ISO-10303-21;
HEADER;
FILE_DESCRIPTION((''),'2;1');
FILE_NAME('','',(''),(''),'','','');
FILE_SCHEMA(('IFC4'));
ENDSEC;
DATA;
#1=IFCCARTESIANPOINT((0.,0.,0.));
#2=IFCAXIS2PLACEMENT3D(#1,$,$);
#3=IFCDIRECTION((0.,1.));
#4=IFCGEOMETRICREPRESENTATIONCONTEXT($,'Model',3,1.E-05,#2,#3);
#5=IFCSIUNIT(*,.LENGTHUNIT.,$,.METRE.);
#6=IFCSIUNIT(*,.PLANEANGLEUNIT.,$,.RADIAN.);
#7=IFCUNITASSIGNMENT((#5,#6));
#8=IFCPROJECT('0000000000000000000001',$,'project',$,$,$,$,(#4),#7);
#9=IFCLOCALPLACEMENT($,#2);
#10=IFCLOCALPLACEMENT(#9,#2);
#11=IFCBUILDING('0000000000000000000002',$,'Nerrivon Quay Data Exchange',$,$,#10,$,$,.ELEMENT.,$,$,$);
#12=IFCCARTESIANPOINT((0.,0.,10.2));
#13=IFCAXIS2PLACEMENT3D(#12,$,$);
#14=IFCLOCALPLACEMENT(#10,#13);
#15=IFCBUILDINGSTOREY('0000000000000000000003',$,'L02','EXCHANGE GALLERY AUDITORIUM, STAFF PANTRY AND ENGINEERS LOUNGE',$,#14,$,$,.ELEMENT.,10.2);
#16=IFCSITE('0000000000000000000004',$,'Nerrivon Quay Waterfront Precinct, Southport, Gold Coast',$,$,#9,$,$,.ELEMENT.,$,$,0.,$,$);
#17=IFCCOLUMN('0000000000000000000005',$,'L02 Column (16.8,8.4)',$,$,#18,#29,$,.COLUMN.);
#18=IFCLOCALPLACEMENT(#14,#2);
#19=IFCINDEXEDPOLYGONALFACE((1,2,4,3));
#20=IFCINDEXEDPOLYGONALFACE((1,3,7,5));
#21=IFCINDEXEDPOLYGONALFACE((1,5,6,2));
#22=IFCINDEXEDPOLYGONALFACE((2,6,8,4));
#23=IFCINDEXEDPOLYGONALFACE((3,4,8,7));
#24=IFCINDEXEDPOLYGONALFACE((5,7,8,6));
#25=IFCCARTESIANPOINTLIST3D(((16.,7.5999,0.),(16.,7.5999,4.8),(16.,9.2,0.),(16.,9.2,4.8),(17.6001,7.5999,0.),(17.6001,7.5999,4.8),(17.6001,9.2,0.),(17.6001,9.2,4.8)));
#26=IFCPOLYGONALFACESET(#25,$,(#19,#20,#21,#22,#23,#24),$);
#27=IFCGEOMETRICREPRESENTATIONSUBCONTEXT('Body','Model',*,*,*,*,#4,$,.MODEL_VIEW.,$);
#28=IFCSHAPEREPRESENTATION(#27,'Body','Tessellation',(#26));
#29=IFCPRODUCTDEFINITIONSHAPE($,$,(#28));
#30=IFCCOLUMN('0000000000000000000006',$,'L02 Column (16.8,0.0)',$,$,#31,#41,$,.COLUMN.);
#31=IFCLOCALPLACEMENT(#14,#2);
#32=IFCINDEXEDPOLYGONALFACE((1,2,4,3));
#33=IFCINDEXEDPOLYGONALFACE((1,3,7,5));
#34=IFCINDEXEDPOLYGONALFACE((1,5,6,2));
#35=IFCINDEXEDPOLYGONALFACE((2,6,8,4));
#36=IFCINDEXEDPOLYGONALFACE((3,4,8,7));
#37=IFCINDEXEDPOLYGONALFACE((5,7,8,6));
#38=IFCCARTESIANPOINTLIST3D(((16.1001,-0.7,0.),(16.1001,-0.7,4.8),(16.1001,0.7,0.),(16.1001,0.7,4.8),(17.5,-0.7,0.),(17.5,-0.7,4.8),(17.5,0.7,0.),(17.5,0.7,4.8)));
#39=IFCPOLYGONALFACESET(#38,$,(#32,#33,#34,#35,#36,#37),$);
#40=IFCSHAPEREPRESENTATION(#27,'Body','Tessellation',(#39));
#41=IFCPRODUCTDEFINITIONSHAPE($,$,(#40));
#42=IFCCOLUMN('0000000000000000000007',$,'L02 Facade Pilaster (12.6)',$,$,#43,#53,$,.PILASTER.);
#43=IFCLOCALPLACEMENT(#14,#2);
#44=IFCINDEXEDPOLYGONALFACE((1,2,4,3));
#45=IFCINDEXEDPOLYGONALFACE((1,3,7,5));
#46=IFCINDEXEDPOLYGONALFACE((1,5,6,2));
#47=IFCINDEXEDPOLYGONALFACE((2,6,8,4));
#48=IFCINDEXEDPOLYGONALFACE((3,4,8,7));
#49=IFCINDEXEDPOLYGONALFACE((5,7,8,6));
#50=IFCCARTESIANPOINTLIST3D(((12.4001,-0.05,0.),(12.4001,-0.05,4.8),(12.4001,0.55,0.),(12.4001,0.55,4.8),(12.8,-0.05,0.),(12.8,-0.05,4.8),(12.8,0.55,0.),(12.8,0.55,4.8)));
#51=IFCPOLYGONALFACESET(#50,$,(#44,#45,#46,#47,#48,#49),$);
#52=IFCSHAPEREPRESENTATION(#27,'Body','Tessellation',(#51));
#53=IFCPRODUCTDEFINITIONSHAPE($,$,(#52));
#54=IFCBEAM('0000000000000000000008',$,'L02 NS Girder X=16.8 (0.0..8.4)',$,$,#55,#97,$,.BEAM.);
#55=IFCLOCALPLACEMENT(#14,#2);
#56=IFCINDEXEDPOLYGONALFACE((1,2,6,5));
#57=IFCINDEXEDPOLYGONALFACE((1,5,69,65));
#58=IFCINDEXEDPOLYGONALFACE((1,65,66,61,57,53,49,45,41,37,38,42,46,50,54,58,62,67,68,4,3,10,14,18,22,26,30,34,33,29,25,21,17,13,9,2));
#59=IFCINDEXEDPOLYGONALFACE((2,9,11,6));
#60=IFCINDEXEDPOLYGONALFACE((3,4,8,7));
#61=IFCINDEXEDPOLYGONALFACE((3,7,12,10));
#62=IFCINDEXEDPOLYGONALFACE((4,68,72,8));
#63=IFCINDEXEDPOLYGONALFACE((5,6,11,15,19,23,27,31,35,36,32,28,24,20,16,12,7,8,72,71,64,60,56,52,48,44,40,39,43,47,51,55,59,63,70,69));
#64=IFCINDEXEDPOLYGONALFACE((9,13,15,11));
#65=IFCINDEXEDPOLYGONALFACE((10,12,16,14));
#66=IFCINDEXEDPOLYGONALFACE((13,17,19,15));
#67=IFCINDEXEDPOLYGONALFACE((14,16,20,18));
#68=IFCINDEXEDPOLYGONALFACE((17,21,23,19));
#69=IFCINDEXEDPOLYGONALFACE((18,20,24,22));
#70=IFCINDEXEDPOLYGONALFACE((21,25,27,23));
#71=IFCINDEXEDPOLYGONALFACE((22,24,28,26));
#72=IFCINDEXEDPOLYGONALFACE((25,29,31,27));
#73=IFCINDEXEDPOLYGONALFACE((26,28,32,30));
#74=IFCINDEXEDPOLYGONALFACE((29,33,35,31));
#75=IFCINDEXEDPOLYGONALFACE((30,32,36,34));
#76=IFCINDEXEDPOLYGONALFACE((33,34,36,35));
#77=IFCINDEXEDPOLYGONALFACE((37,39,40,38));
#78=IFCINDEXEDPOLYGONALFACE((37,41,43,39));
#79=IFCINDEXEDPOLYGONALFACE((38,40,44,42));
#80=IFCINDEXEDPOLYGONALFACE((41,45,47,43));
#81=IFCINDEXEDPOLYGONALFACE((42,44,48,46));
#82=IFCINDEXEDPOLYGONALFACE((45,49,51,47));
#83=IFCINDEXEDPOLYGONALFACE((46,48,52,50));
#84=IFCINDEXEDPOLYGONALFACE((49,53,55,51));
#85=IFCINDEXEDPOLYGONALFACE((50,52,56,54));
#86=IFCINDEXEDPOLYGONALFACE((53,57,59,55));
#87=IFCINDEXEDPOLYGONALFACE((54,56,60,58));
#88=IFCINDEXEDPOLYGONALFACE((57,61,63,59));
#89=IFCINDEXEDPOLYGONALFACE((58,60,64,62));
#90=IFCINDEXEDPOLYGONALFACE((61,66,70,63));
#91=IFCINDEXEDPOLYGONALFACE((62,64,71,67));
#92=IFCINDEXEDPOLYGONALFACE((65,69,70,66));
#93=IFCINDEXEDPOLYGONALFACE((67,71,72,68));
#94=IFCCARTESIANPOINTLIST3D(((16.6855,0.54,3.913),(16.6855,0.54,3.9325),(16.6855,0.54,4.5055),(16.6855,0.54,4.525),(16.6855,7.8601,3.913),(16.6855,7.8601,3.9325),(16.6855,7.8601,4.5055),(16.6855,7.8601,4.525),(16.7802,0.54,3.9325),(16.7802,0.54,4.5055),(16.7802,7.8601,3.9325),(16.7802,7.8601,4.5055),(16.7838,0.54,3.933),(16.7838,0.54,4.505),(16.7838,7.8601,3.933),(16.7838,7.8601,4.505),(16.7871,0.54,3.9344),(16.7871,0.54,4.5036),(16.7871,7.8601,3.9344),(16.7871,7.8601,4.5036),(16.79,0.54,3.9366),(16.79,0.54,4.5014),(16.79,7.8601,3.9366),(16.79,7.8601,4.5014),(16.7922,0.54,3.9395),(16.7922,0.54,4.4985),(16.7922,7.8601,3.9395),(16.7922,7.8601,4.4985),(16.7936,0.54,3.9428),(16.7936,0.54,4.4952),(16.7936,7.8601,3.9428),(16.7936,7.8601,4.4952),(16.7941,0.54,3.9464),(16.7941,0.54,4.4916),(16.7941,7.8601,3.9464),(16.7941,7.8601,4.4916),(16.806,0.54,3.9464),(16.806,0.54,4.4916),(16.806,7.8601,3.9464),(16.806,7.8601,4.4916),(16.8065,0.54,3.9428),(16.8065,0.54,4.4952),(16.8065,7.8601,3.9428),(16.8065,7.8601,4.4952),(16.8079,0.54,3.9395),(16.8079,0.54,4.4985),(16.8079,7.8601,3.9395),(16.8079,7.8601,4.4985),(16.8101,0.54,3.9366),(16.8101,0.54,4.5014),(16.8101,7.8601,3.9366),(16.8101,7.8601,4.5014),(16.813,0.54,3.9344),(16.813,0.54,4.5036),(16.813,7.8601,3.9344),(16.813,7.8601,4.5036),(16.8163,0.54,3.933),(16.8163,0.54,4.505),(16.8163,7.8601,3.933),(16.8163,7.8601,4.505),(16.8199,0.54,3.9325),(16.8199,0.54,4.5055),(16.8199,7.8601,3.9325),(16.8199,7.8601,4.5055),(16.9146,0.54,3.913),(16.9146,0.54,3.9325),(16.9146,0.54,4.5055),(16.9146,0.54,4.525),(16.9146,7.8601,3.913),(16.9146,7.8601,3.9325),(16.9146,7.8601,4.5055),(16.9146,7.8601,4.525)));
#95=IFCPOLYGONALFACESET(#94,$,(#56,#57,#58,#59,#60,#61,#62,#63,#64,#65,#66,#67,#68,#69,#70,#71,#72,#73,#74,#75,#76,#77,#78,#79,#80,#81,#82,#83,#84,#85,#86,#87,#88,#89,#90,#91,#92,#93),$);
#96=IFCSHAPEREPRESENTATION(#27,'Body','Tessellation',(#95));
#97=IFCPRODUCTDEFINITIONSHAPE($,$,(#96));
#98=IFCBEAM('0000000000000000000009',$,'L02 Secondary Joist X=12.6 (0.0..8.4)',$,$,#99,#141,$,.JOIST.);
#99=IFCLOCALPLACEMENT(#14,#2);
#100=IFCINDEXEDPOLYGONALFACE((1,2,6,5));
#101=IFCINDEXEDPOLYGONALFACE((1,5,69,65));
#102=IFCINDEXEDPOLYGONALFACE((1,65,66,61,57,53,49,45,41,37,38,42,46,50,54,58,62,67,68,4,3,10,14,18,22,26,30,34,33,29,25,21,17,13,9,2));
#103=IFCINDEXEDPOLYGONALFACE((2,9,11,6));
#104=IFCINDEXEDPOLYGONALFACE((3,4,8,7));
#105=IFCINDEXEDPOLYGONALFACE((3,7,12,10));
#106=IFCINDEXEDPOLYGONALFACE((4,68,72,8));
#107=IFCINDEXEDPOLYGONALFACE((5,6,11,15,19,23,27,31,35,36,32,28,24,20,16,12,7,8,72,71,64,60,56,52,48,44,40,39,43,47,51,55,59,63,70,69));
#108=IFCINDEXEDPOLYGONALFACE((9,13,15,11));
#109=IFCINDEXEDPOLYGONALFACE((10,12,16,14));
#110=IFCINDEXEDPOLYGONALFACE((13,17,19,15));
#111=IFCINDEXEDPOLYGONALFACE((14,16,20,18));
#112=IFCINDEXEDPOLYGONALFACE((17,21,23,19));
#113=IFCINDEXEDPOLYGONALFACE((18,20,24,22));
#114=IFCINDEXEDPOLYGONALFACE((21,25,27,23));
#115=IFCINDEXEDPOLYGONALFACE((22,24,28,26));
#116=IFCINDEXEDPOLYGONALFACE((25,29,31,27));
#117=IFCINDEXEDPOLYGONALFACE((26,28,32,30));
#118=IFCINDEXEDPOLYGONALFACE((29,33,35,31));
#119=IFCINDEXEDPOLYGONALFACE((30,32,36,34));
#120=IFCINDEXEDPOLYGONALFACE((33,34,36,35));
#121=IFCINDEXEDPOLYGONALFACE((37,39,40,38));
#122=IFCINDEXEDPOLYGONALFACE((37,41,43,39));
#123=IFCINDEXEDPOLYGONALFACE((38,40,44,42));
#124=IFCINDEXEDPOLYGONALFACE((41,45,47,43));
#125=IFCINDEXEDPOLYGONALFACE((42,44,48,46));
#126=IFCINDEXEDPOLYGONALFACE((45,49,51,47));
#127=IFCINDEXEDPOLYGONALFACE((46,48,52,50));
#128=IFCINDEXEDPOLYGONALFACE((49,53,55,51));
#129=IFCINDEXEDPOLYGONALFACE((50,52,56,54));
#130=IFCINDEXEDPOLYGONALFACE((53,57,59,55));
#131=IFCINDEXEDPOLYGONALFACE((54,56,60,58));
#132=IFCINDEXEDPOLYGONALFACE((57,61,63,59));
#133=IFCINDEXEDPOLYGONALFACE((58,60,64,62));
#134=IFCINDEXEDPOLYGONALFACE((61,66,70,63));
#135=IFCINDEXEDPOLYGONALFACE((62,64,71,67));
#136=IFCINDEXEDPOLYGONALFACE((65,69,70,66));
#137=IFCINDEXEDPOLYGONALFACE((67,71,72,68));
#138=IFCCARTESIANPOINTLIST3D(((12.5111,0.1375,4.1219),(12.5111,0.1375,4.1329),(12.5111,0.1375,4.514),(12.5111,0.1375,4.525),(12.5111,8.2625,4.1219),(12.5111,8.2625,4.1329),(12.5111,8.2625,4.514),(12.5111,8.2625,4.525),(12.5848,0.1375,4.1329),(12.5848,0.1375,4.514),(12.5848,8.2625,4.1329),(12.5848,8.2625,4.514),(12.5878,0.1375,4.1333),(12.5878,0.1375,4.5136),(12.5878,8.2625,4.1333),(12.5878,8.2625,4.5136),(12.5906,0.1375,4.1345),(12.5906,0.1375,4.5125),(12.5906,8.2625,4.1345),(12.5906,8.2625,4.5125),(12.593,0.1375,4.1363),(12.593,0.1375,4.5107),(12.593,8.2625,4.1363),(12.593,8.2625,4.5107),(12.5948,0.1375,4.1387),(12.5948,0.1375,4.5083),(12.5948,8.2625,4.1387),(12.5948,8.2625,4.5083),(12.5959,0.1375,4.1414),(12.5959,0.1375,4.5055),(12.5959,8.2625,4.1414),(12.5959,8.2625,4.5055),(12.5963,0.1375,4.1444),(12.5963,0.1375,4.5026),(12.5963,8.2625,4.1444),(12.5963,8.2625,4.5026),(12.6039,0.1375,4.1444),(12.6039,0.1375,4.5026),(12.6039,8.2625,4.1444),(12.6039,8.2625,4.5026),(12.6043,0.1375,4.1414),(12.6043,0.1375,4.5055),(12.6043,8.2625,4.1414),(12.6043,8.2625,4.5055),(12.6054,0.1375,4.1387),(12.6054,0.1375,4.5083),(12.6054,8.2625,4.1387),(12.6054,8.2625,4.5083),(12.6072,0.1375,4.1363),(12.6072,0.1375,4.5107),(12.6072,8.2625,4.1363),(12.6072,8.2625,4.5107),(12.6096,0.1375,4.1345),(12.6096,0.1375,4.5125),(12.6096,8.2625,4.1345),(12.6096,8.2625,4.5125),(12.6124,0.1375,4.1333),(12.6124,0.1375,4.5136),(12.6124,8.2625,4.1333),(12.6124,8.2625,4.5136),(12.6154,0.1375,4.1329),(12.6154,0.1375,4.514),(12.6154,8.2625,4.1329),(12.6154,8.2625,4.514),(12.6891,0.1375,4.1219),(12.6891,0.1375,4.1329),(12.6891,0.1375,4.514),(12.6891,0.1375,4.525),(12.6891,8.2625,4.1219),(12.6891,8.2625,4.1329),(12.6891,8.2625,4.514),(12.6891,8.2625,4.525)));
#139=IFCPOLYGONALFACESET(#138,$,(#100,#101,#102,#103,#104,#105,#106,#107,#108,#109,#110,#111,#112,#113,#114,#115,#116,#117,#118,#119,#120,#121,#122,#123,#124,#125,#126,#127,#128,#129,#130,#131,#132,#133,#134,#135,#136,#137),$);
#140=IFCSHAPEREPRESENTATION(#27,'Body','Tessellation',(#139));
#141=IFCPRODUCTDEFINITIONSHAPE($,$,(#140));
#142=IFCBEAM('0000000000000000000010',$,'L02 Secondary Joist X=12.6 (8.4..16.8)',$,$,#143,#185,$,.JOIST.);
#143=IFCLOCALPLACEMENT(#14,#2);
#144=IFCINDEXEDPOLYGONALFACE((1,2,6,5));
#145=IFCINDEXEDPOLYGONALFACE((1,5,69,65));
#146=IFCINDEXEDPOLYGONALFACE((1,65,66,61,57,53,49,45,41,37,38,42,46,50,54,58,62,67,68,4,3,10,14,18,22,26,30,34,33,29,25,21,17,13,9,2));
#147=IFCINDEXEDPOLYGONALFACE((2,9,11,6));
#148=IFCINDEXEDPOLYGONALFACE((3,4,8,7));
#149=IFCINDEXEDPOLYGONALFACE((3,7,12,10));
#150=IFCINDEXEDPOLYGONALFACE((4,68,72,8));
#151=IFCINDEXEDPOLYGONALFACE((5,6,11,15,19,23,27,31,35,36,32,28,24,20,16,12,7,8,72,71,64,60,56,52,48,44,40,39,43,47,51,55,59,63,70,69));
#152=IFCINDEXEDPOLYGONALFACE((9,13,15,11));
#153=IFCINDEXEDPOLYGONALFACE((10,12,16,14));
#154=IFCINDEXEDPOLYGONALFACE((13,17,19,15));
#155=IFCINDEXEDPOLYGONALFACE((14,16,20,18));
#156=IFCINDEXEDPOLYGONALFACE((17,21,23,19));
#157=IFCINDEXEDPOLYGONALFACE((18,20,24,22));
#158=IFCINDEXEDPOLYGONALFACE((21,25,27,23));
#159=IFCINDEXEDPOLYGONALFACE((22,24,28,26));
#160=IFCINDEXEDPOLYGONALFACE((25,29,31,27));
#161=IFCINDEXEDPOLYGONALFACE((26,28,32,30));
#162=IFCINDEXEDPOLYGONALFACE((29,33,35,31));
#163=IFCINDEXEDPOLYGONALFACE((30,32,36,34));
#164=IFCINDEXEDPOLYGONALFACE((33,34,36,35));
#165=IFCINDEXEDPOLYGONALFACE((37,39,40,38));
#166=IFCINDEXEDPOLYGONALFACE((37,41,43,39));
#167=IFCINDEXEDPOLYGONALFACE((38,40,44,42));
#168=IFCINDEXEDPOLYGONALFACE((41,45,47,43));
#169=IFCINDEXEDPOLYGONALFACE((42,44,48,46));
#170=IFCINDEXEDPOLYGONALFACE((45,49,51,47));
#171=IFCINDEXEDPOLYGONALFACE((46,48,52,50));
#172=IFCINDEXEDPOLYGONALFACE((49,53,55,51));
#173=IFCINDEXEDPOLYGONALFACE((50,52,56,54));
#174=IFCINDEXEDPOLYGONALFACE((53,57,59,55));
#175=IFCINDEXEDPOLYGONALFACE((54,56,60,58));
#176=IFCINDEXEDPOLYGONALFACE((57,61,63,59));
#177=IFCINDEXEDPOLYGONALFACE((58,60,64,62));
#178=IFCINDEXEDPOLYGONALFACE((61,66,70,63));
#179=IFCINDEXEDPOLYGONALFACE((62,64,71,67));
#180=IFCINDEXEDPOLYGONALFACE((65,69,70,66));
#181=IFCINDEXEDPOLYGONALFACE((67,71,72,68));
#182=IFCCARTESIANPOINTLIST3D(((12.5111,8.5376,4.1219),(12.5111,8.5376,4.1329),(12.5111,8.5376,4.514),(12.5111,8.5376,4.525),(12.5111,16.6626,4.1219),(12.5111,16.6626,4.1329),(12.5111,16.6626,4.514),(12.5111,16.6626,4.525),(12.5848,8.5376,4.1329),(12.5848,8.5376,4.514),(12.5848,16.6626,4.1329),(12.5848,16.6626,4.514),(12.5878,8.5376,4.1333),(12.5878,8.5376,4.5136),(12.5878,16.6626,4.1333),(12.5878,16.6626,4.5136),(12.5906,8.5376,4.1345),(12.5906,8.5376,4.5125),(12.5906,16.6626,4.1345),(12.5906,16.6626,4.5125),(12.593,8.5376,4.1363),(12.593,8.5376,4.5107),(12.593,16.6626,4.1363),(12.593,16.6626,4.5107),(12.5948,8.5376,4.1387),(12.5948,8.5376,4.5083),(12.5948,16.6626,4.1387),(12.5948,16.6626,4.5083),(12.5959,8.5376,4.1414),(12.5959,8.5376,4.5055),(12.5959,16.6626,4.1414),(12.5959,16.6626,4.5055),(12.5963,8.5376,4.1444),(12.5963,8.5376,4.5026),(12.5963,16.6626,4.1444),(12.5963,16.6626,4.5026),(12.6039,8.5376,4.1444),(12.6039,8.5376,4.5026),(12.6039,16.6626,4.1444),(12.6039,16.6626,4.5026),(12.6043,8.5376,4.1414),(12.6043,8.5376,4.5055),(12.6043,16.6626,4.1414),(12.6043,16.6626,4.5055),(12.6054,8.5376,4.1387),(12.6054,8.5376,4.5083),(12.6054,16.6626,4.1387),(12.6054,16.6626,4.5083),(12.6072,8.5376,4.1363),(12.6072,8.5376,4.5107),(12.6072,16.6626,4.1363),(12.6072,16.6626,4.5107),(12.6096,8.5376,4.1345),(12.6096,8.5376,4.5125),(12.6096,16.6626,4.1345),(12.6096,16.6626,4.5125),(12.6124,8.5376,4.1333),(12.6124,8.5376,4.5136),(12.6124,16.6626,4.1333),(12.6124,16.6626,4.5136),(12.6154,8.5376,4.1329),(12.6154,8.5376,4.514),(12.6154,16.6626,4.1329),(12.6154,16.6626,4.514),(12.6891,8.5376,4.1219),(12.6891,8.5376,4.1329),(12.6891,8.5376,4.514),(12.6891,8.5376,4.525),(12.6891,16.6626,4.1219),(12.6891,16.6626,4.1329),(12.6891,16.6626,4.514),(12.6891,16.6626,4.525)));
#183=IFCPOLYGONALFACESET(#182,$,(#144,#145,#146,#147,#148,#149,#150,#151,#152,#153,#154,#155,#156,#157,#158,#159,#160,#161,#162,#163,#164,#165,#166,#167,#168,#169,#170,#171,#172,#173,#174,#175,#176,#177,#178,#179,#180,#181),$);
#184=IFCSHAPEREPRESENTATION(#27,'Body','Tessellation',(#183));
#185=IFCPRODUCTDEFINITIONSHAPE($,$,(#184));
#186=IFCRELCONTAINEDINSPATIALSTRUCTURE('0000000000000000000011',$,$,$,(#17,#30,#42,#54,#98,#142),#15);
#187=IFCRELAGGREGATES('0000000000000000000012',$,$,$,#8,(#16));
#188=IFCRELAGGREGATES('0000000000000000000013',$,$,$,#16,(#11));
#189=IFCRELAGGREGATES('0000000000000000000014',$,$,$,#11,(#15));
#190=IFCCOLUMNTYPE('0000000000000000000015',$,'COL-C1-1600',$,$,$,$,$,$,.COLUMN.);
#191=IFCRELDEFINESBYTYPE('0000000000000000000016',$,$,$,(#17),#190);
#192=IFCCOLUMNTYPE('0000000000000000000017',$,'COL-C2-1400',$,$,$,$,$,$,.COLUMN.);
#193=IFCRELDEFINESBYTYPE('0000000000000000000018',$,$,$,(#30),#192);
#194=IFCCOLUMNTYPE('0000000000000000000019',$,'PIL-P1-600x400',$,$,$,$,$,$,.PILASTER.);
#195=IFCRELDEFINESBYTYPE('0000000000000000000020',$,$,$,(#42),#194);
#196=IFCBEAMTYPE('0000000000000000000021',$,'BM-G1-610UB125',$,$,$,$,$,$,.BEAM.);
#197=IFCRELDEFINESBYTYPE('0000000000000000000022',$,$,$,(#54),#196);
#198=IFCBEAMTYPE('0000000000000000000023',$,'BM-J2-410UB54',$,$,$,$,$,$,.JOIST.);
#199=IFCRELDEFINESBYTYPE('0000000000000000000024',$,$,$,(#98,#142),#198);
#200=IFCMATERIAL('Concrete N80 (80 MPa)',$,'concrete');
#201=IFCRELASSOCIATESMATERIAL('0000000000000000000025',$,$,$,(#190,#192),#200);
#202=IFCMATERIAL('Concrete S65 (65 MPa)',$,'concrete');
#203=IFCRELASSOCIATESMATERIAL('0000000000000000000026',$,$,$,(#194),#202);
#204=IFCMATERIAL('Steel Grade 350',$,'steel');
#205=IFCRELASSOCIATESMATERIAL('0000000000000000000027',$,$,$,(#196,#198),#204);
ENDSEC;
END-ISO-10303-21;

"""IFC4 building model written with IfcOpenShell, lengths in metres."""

from ifc_helpers import new_model, si_unit, direction, frame, origin, origin_2d, place, context, subcontext, project, spatial, rectangle, i_section, extrude, material, material_profile, profile_set, type_object, element, save


model = new_model("IFC4")

# Units and contexts
model_context = context("Model", 3, precision=1e-05, world=origin(), true_north=direction((0.0, 1.0)))
body_context = subcontext(model_context, "Body", "Model", "MODEL_VIEW")
ifc_project = project(units=[si_unit("LENGTHUNIT", "METRE"), si_unit("PLANEANGLEUNIT", "RADIAN")], contexts=[model_context])

# Site, building, storey
site_placement = place(None, origin())
site = spatial("IfcSite", under=ifc_project, at=site_placement, Name="Nerrivon Quay Waterfront Precinct, Southport, Gold Coast", CompositionType="ELEMENT", RefElevation=0.0)
building_placement = place(site_placement, origin())
building = spatial("IfcBuilding", under=site, at=building_placement, Name="Nerrivon Quay Data Exchange", CompositionType="ELEMENT")
storey_placement = place(building_placement, frame((0.0, 0.0, 10.2)))
storey = spatial("IfcBuildingStorey", under=building, at=storey_placement, Name="L02", Description="EXCHANGE GALLERY AUDITORIUM, STAFF PANTRY AND ENGINEERS LOUNGE", CompositionType="ELEMENT", Elevation=10.2)

# Columns
ifc_material_1 = material(Name="Concrete N80 (80 MPa)", Category="concrete")
ifc_material_profile_1 = material_profile(ifc_material_1, rectangle(XDim=1.6001, YDim=1.6001, at=origin_2d()), Name="RC-COL-1600x1600")
ifc_profile_set_1 = profile_set([ifc_material_profile_1], Name="Concrete N80 (80 MPa)")
column_type_1 = type_object("IfcColumnType", Name="COL-C1-1600", PredefinedType="COLUMN", material=ifc_profile_set_1)
column_1_placement = place(storey_placement, frame((16.8, 8.3999, 0.0), z_axis=(0.0, 0.0, 1.0), x_axis=(1.0, 0.0, 0.0)))
element("IfcColumn", 1, at=column_1_placement, inside=storey, type_object=column_type_1, Name="L02 Column (16.8,8.4)", PredefinedType="COLUMN", context=body_context, shape_type="SweptSolid", body=[
    extrude(rectangle(XDim=1.6001, YDim=1.6001, at=origin_2d()), origin(), (0.0, 0.0, 1.0), 4.8),
])
ifc_material_profile_2 = material_profile(ifc_material_1, rectangle(XDim=1.3999, YDim=1.3999, at=origin_2d()), Name="RC-COL-1400x1400")
ifc_profile_set_2 = profile_set([ifc_material_profile_2], Name="Concrete N80 (80 MPa)")
column_type_2 = type_object("IfcColumnType", Name="COL-C2-1400", PredefinedType="COLUMN", material=ifc_profile_set_2)
column_2_placement = place(storey_placement, frame((16.8, 0.0, 0.0), z_axis=(0.0, 0.0, 1.0), x_axis=(1.0, 0.0, 0.0)))
element("IfcColumn", 2, at=column_2_placement, inside=storey, type_object=column_type_2, Name="L02 Column (16.8,0.0)", PredefinedType="COLUMN", context=body_context, shape_type="SweptSolid", body=[
    extrude(rectangle(XDim=1.3999, YDim=1.3999, at=origin_2d()), origin(), (0.0, 0.0, 1.0), 4.8),
])
ifc_material_2 = material(Name="Concrete S65 (65 MPa)", Category="concrete")
ifc_material_profile_3 = material_profile(ifc_material_2, rectangle(XDim=0.3999, YDim=0.6001, at=origin_2d()), Name="RC-PIL-600x400")
ifc_profile_set_3 = profile_set([ifc_material_profile_3], Name="Concrete S65 (65 MPa)")
column_type_3 = type_object("IfcColumnType", Name="PIL-P1-600x400", PredefinedType="PILASTER", material=ifc_profile_set_3)
column_3_placement = place(storey_placement, frame((12.6001, 0.25, 0.0), z_axis=(0.0, 0.0, 1.0), x_axis=(1.0, 0.0, 0.0)))
element("IfcColumn", 3, at=column_3_placement, inside=storey, type_object=column_type_3, Name="L02 Facade Pilaster (12.6)", PredefinedType="PILASTER", context=body_context, shape_type="SweptSolid", body=[
    extrude(rectangle(XDim=0.3999, YDim=0.6001, at=origin_2d()), origin(), (0.0, 0.0, 1.0), 4.8),
])

# Beams
ifc_material_3 = material(Name="Steel Grade 350", Category="steel")
ifc_material_profile_4 = material_profile(ifc_material_3, i_section(OverallWidth=0.229, OverallDepth=0.6121, WebThickness=0.012, FlangeThickness=0.0195, FilletRadius=0.0139, at=origin_2d()), Name="610UB125")
ifc_profile_set_4 = profile_set([ifc_material_profile_4], Name="Steel Grade 350")
beam_type_1 = type_object("IfcBeamType", Name="BM-G1-610UB125", PredefinedType="BEAM", material=ifc_profile_set_4)
beam_placement = place(storey_placement, frame((16.8, 0.54, 4.219), z_axis=(0.0, 1.0, 0.0), x_axis=(-1.0, 0.0, 0.0)))
element("IfcBeam", 4, at=beam_placement, inside=storey, type_object=beam_type_1, Name="L02 NS Girder X=16.8 (0.0..8.4)", PredefinedType="BEAM", context=body_context, shape_type="SweptSolid", body=[
    extrude(i_section(OverallWidth=0.229, OverallDepth=0.6121, WebThickness=0.012, FlangeThickness=0.0195, FilletRadius=0.0139, at=origin_2d()), origin(), (0.0, 0.0, 1.0), 7.3201),
])
ifc_material_profile_5 = material_profile(ifc_material_3, i_section(OverallWidth=0.178, OverallDepth=0.4031, WebThickness=0.0076, FlangeThickness=0.011, FilletRadius=0.0115, at=origin_2d()), Name="410UB53.7")
ifc_profile_set_5 = profile_set([ifc_material_profile_5], Name="Steel Grade 350")
beam_type_2 = type_object("IfcBeamType", Name="BM-J2-410UB54", PredefinedType="JOIST", material=ifc_profile_set_5)
for number, where, z_axis, x_axis, name in (
    (5, (12.6001, 0.1375, 4.3235), (0.0, 1.0, 0.0), (-1.0, 0.0, 0.0), "L02 Secondary Joist X=12.6 (0.0..8.4)"),
    (6, (12.6001, 8.5376, 4.3235), (0.0, 1.0, 0.0), (-1.0, 0.0, 0.0), "L02 Secondary Joist X=12.6 (8.4..16.8)"),
):
    element("IfcBeam", number, at=place(storey_placement, frame(where, z_axis=z_axis, x_axis=x_axis)), inside=storey, type_object=beam_type_2, Name=name, PredefinedType="JOIST", context=body_context, shape_type="SweptSolid", body=[
        extrude(i_section(OverallWidth=0.178, OverallDepth=0.4031, WebThickness=0.0076, FlangeThickness=0.011, FilletRadius=0.0115, at=origin_2d()), origin(), (0.0, 0.0, 1.0), 8.125),
    ])

save(model, "model.ifc")
